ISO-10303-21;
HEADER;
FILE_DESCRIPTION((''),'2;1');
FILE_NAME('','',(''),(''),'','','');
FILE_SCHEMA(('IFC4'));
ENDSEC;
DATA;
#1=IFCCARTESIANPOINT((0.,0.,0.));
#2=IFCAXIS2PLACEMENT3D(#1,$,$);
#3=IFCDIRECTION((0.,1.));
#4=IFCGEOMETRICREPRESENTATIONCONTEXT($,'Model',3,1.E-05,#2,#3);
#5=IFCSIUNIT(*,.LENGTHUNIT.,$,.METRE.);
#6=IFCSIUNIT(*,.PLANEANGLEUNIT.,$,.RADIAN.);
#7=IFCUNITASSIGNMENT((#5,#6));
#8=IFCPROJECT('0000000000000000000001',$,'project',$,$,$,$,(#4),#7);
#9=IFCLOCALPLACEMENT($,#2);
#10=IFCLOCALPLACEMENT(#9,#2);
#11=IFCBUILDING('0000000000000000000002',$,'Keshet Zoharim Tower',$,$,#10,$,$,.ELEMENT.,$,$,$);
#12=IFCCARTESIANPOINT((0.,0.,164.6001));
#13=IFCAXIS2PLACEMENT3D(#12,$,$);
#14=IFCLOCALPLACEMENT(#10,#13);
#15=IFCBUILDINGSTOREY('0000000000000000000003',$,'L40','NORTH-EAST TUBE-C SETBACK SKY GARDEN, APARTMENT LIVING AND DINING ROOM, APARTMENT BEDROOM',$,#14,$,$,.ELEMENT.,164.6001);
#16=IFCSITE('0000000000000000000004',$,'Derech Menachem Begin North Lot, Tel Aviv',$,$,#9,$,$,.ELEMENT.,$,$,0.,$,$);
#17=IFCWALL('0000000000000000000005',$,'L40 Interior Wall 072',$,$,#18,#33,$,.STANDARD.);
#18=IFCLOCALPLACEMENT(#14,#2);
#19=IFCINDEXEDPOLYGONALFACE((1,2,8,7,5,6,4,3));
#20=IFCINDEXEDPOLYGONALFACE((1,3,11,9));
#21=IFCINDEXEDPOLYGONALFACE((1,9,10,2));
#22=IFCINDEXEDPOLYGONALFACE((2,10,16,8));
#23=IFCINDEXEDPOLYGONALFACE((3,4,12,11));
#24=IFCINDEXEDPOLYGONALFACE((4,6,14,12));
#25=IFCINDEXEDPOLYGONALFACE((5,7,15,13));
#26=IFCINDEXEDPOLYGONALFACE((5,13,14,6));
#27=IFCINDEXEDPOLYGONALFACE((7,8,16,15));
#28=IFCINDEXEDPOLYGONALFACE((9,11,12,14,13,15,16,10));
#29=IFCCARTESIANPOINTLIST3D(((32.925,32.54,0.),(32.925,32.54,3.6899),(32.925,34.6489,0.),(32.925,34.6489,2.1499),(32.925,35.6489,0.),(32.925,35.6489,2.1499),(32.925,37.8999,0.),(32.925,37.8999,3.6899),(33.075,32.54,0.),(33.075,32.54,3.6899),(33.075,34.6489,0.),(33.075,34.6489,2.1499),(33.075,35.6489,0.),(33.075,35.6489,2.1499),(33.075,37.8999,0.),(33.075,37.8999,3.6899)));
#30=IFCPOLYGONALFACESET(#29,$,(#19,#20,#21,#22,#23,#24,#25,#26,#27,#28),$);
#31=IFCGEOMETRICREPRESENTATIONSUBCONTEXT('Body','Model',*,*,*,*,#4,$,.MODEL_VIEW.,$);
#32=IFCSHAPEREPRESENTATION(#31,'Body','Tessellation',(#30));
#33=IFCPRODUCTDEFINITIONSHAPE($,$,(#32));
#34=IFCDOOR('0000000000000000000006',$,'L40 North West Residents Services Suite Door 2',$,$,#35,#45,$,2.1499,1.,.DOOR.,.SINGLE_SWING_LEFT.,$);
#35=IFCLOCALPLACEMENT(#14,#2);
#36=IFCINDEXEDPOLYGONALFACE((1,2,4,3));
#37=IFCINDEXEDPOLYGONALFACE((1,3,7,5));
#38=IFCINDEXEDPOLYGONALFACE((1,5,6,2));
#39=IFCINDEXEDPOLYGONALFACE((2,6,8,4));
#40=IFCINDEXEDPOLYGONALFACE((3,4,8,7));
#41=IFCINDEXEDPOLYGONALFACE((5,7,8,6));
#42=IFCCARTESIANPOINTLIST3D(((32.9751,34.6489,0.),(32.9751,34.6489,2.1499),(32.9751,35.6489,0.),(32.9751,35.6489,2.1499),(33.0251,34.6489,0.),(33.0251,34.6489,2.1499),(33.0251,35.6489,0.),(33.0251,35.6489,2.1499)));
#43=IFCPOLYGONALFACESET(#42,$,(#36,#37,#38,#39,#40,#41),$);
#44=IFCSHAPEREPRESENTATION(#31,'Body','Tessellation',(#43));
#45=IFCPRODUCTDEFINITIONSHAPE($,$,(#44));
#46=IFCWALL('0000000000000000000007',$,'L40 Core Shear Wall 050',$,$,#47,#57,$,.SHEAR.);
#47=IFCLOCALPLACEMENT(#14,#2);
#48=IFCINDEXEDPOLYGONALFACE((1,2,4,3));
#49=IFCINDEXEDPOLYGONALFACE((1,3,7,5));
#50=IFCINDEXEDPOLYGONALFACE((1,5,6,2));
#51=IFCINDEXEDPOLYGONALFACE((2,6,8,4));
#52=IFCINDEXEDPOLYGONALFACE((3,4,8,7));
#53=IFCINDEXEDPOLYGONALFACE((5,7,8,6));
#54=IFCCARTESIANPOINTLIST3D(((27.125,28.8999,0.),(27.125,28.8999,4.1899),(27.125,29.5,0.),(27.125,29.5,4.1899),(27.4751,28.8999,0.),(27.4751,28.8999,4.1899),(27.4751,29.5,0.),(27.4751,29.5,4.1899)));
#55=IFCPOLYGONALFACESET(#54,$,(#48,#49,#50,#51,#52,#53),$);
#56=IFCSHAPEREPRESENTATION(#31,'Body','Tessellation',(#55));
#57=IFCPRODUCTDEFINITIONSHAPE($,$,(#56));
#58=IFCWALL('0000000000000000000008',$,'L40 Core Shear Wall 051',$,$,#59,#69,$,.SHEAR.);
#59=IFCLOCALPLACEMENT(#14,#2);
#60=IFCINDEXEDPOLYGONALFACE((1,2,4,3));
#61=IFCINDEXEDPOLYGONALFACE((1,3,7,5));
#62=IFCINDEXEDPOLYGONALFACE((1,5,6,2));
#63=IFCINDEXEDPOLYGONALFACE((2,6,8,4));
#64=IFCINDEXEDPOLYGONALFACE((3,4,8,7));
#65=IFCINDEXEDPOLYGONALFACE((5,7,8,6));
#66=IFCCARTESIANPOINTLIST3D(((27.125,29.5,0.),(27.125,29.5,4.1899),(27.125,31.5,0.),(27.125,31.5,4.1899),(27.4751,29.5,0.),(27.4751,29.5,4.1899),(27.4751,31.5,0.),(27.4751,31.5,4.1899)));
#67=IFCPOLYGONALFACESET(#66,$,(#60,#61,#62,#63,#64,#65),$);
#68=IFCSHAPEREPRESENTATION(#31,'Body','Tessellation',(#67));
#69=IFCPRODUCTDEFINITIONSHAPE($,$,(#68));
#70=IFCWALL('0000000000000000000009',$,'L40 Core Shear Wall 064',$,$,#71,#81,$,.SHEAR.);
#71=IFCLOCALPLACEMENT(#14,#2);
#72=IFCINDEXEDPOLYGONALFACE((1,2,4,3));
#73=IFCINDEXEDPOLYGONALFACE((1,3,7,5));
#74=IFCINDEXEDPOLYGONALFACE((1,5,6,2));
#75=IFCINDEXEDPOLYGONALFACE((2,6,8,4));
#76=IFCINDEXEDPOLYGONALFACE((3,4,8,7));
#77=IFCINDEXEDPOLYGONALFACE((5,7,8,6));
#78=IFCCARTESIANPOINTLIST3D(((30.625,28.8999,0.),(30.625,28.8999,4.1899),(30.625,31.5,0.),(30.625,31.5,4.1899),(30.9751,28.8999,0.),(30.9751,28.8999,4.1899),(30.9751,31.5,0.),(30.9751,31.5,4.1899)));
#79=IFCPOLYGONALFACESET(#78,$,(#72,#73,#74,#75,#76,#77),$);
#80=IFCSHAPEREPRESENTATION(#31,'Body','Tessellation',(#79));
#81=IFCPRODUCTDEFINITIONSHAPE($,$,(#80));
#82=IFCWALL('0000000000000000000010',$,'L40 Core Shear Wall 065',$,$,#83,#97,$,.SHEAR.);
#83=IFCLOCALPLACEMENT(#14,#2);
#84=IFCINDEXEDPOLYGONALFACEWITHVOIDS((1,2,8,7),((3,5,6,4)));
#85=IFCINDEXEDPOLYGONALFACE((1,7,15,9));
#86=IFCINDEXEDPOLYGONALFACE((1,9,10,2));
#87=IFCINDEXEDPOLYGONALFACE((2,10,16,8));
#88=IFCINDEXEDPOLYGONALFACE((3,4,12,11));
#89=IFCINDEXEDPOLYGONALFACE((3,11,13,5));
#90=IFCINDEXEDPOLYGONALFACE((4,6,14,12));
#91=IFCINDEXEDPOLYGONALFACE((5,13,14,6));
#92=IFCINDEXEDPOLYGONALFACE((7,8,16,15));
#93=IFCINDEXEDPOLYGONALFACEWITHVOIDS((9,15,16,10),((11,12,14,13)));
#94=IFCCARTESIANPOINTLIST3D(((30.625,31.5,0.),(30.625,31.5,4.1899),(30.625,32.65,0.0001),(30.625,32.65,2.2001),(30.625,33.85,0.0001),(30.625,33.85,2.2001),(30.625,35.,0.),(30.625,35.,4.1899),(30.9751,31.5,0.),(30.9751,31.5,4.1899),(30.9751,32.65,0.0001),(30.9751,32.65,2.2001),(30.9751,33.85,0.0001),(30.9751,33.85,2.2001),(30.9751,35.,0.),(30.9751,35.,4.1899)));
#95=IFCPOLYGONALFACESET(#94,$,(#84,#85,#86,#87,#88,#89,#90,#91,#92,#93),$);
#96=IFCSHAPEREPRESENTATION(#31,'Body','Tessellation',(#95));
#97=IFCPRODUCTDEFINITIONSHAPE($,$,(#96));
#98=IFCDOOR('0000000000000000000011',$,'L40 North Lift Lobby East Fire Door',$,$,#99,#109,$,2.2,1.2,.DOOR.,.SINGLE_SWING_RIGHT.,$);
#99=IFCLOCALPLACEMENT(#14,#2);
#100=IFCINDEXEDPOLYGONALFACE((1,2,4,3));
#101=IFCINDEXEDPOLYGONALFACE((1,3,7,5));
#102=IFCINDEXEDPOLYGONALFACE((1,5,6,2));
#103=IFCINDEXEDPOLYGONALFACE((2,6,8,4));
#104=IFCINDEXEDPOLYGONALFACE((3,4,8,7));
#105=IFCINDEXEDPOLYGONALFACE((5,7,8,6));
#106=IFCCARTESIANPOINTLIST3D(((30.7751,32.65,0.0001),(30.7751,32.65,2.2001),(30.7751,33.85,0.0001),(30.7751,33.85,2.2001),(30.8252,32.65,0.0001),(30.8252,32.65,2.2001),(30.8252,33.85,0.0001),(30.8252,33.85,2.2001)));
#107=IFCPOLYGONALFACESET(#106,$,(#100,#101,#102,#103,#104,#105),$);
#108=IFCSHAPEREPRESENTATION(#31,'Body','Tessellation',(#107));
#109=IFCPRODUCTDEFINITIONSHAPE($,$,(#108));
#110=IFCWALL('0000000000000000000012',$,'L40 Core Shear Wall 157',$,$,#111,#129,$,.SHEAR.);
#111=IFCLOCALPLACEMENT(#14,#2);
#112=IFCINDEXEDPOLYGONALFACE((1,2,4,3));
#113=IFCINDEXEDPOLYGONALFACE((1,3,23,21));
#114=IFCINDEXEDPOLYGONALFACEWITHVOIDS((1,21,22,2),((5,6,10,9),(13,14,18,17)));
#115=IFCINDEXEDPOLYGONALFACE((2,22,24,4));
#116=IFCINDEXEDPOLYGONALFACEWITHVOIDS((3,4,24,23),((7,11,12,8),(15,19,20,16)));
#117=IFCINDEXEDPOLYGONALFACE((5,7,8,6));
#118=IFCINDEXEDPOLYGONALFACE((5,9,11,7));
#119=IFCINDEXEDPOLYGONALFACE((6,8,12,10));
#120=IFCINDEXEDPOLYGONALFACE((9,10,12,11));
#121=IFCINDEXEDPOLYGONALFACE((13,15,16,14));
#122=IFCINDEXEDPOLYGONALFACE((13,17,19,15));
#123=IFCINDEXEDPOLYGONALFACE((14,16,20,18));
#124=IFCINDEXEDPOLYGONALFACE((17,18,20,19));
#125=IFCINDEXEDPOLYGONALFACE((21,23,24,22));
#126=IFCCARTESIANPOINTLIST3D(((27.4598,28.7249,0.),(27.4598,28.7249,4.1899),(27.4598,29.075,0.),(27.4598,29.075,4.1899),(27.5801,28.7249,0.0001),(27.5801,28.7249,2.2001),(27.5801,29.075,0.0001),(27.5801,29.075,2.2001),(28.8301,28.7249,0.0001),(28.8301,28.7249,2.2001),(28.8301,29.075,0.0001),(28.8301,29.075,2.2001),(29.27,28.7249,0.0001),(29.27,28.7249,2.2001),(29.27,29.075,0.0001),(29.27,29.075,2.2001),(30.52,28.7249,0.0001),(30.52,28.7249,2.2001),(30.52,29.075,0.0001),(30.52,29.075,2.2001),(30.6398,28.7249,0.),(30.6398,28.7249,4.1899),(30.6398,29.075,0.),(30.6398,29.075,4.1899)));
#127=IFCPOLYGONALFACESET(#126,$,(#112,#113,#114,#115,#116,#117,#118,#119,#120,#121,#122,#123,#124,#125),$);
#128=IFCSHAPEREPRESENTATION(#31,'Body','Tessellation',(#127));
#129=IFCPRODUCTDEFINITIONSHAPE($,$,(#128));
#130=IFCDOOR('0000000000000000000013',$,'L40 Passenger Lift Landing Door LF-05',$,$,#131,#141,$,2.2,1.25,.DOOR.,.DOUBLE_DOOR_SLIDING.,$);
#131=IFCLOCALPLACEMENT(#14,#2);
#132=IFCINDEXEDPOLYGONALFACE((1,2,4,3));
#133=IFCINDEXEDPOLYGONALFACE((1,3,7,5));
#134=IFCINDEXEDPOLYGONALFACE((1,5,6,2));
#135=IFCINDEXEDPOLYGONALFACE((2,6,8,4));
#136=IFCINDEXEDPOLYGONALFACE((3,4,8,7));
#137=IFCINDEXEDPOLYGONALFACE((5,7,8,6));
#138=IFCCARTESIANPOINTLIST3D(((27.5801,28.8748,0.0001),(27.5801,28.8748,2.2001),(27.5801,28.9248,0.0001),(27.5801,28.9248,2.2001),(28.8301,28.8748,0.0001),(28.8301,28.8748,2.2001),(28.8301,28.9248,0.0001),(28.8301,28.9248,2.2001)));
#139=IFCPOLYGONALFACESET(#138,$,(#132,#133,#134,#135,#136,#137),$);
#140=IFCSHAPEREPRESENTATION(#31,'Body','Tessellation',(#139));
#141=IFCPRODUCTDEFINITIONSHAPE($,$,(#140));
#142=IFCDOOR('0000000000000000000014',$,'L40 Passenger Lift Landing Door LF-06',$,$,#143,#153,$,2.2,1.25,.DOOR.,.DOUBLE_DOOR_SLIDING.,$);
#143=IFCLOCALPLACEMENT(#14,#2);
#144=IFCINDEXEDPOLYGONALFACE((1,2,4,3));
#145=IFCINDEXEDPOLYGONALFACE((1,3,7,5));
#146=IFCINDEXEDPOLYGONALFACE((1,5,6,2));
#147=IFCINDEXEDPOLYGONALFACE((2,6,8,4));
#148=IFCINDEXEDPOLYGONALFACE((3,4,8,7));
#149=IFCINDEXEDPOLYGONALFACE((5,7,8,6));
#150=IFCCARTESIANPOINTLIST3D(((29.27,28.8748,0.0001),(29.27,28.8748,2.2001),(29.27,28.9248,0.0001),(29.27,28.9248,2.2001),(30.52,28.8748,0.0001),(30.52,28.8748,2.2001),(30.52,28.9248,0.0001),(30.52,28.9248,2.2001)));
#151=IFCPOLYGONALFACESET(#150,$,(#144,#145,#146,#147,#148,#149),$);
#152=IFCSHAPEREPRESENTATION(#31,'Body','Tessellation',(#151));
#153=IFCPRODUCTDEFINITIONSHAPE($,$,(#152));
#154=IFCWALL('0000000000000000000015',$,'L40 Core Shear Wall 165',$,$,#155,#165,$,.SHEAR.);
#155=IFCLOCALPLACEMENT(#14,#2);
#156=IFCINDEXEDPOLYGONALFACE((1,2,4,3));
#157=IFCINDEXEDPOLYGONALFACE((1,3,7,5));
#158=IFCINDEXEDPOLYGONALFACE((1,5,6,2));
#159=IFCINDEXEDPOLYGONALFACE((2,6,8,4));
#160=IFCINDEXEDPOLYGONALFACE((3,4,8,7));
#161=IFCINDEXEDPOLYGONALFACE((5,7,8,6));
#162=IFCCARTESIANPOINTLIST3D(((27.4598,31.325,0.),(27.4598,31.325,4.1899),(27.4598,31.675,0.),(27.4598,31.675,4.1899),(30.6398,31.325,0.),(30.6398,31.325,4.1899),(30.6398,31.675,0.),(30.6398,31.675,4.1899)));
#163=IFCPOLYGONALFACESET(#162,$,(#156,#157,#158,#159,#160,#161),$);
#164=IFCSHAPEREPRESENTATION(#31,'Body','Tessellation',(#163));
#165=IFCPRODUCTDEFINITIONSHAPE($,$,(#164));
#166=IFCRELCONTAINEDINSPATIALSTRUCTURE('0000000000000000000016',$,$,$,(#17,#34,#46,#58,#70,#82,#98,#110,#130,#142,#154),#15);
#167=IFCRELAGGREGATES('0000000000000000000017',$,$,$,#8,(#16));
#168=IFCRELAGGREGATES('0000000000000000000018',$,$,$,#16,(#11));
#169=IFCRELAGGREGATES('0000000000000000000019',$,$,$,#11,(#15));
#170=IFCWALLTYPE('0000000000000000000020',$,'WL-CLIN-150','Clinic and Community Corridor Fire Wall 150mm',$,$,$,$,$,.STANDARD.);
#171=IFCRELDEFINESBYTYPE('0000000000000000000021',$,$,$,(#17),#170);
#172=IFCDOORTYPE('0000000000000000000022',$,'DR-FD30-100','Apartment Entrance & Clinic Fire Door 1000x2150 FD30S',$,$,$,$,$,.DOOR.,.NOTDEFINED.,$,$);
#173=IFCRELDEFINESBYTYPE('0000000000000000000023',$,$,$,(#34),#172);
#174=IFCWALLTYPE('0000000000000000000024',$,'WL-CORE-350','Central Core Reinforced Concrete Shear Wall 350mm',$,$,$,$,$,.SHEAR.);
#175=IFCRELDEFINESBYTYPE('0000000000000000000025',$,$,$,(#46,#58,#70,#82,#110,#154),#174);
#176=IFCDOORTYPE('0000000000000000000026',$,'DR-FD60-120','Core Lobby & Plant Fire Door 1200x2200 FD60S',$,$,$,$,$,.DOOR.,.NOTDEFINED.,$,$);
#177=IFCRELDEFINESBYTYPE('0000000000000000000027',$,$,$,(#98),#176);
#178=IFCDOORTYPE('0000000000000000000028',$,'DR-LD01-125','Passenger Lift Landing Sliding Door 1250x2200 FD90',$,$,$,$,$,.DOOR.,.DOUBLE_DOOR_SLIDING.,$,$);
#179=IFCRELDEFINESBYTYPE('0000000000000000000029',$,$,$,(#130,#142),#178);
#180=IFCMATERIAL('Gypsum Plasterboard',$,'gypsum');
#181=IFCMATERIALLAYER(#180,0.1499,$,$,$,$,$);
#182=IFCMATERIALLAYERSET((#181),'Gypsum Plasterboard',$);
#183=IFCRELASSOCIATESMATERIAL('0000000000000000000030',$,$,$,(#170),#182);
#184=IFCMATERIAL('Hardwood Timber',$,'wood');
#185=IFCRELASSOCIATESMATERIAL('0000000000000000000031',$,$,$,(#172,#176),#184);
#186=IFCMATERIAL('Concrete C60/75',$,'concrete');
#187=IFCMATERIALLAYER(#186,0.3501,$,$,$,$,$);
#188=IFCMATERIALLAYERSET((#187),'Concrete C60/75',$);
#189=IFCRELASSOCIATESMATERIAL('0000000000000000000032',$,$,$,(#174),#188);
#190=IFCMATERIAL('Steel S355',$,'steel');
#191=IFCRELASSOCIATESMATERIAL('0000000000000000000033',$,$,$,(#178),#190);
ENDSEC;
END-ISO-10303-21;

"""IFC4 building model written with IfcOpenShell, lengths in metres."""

from ifc_helpers import new_model, si_unit, direction, frame, frame_2d, origin, place, context, subcontext, project, spatial, rectangle, extrude, material, layer, layer_set, type_object, element, fill, save


model = new_model("IFC4")

# Units and contexts
model_context = context("Model", 3, precision=1e-05, world=origin(), true_north=direction((0.0, 1.0)))
body_context = subcontext(model_context, "Body", "Model", "MODEL_VIEW")
ifc_project = project(units=[si_unit("LENGTHUNIT", "METRE"), si_unit("PLANEANGLEUNIT", "RADIAN")], contexts=[model_context])

# Site, building, storey
site_placement = place(None, origin())
site = spatial("IfcSite", under=ifc_project, at=site_placement, Name="Derech Menachem Begin North Lot, Tel Aviv", CompositionType="ELEMENT", RefElevation=0.0)
building_placement = place(site_placement, origin())
building = spatial("IfcBuilding", under=site, at=building_placement, Name="Keshet Zoharim Tower", CompositionType="ELEMENT")
storey_placement = place(building_placement, frame((0.0, 0.0, 164.6001)))
storey = spatial("IfcBuildingStorey", under=building, at=storey_placement, Name="L40", Description="NORTH-EAST TUBE-C SETBACK SKY GARDEN, APARTMENT LIVING AND DINING ROOM, APARTMENT BEDROOM", CompositionType="ELEMENT", Elevation=164.6001)

# Shared definitions
ifc_material_1 = material(Name="Concrete C60/75", Category="concrete")

# Shared definitions
ifc_material_2 = material(Name="Steel S355", Category="steel")

# Wall, opening, door
ifc_material_3 = material(Name="Gypsum Plasterboard", Category="gypsum")
ifc_layer_1 = layer(ifc_material_3, 0.1499)
ifc_layer_set_1 = layer_set([ifc_layer_1], Name="Gypsum Plasterboard")
wall_type_1 = type_object("IfcWallType", Name="WL-CLIN-150", Description="Clinic and Community Corridor Fire Wall 150mm", PredefinedType="STANDARD", material=ifc_layer_set_1)
wall_1_placement = place(storey_placement, frame((33.0, 32.54, 0.0), z_axis=(0.0, 0.0, 1.0), x_axis=(0.0, 1.0, 0.0)))
wall_1 = element("IfcWall", 1, at=wall_1_placement, inside=storey, type_object=wall_type_1, Name="L40 Interior Wall 072", PredefinedType="STANDARD", context=body_context, shape_type="SweptSolid", body=[
    extrude(rectangle(XDim=5.3599, YDim=0.1499, at=frame_2d((2.6799, 0.0))), origin(), (0.0, 0.0, 1.0), 3.6899),
])
opening_1_placement = place(wall_1_placement, frame((2.1089, 0.0, 0.0)))
opening_1 = element("IfcOpeningElement", 2, at=opening_1_placement, cuts=wall_1, PredefinedType="OPENING", context=body_context, shape_type="SweptSolid", body=[
    extrude(rectangle(XDim=1.0, YDim=2.1499, at=frame_2d((0.5, 1.075))), frame((0.0, 0.085, 0.0), z_axis=(0.0, -1.0, 0.0), x_axis=(1.0, 0.0, 0.0)), (0.0, 0.0, 1.0), 0.1699),
])
ifc_material_4 = material(Name="Hardwood Timber", Category="wood")
door_type_1 = type_object("IfcDoorType", Name="DR-FD30-100", Description="Apartment Entrance & Clinic Fire Door 1000x2150 FD30S", OperationType="NOTDEFINED", PredefinedType="DOOR", material=ifc_material_4)
door_1_placement = place(opening_1_placement, origin())
door_1 = element("IfcDoor", 3, at=door_1_placement, inside=storey, type_object=door_type_1, Name="L40 North West Residents Services Suite Door 2", OperationType="SINGLE_SWING_LEFT", OverallHeight=2.1499, OverallWidth=1.0, PredefinedType="DOOR", context=body_context, shape_type="SweptSolid", body=[
    extrude(rectangle(XDim=1.0, YDim=2.1499, at=frame_2d((0.5, 1.075))), frame((0.0, 0.0249, 0.0), z_axis=(0.0, -1.0, 0.0), x_axis=(1.0, 0.0, 0.0)), (0.0, 0.0, 1.0), 0.05),
])
fill(opening_1, door_1)

# Walls
ifc_layer_2 = layer(ifc_material_1, 0.3501)
ifc_layer_set_2 = layer_set([ifc_layer_2], Name="Concrete C60/75")
wall_type_2 = type_object("IfcWallType", Name="WL-CORE-350", Description="Central Core Reinforced Concrete Shear Wall 350mm", PredefinedType="SHEAR", material=ifc_layer_set_2)
wall_2_placement = place(storey_placement, frame((27.3, 28.8999, 0.0), z_axis=(0.0, 0.0, 1.0), x_axis=(0.0, 1.0, 0.0)))
element("IfcWall", 4, at=wall_2_placement, inside=storey, type_object=wall_type_2, Name="L40 Core Shear Wall 050", PredefinedType="SHEAR", context=body_context, shape_type="SweptSolid", body=[
    extrude(rectangle(XDim=0.6001, YDim=0.3501, at=frame_2d((0.3, 0.0))), origin(), (0.0, 0.0, 1.0), 4.1899),
])
wall_3_placement = place(storey_placement, frame((27.3, 29.5, 0.0), z_axis=(0.0, 0.0, 1.0), x_axis=(0.0, 1.0, 0.0)))
element("IfcWall", 5, at=wall_3_placement, inside=storey, type_object=wall_type_2, Name="L40 Core Shear Wall 051", PredefinedType="SHEAR", context=body_context, shape_type="SweptSolid", body=[
    extrude(rectangle(XDim=2.0, YDim=0.3501, at=frame_2d((1.0, 0.0))), origin(), (0.0, 0.0, 1.0), 4.1899),
])
wall_4_placement = place(storey_placement, frame((30.8, 28.8999, 0.0), z_axis=(0.0, 0.0, 1.0), x_axis=(0.0, 1.0, 0.0)))
element("IfcWall", 6, at=wall_4_placement, inside=storey, type_object=wall_type_2, Name="L40 Core Shear Wall 064", PredefinedType="SHEAR", context=body_context, shape_type="SweptSolid", body=[
    extrude(rectangle(XDim=2.6001, YDim=0.3501, at=frame_2d((1.3, 0.0))), origin(), (0.0, 0.0, 1.0), 4.1899),
])

# Wall, opening, door
wall_5_placement = place(storey_placement, frame((30.8, 31.5, 0.0), z_axis=(0.0, 0.0, 1.0), x_axis=(0.0, 1.0, 0.0)))
wall_5 = element("IfcWall", 7, at=wall_5_placement, inside=storey, type_object=wall_type_2, Name="L40 Core Shear Wall 065", PredefinedType="SHEAR", context=body_context, shape_type="SweptSolid", body=[
    extrude(rectangle(XDim=3.5, YDim=0.3501, at=frame_2d((1.75, 0.0))), origin(), (0.0, 0.0, 1.0), 4.1899),
])
opening_2_placement = place(wall_5_placement, frame((1.1499, 0.0, 0.0)))
opening_2 = element("IfcOpeningElement", 8, at=opening_2_placement, cuts=wall_5, PredefinedType="OPENING", context=body_context, shape_type="SweptSolid", body=[
    extrude(rectangle(XDim=1.2, YDim=2.2, at=frame_2d((0.6001, 1.1001))), frame((0.0, 0.1851, 0.0), z_axis=(0.0, -1.0, 0.0), x_axis=(1.0, 0.0, 0.0)), (0.0, 0.0, 1.0), 0.3701),
])
door_type_2 = type_object("IfcDoorType", Name="DR-FD60-120", Description="Core Lobby & Plant Fire Door 1200x2200 FD60S", OperationType="NOTDEFINED", PredefinedType="DOOR", material=ifc_material_4)
door_2_placement = place(opening_2_placement, origin())
door_2 = element("IfcDoor", 9, at=door_2_placement, inside=storey, type_object=door_type_2, Name="L40 North Lift Lobby East Fire Door", OperationType="SINGLE_SWING_RIGHT", OverallHeight=2.2, OverallWidth=1.2, PredefinedType="DOOR", context=body_context, shape_type="SweptSolid", body=[
    extrude(rectangle(XDim=1.2, YDim=2.2, at=frame_2d((0.6001, 1.1001))), frame((0.0, 0.0249, 0.0), z_axis=(0.0, -1.0, 0.0), x_axis=(1.0, 0.0, 0.0)), (0.0, 0.0, 1.0), 0.05),
])
fill(opening_2, door_2)

# Wall, openings, doors
wall_6_placement = place(storey_placement, frame((27.46, 28.8999, 0.0), z_axis=(0.0, 0.0, 1.0), x_axis=(1.0, 0.0, 0.0)))
wall_6 = element("IfcWall", 10, at=wall_6_placement, inside=storey, type_object=wall_type_2, Name="L40 Core Shear Wall 157", PredefinedType="SHEAR", context=body_context, shape_type="SweptSolid", body=[
    extrude(rectangle(XDim=3.1799, YDim=0.3501, at=frame_2d((1.5898, 0.0))), origin(), (0.0, 0.0, 1.0), 4.1899),
])
opening_3_placement = place(wall_6_placement, frame((0.1201, 0.0, 0.0)))
opening_3 = element("IfcOpeningElement", 11, at=opening_3_placement, cuts=wall_6, PredefinedType="OPENING", context=body_context, shape_type="SweptSolid", body=[
    extrude(rectangle(XDim=1.25, YDim=2.2, at=frame_2d((0.625, 1.1001))), frame((0.0, 0.1851, 0.0), z_axis=(0.0, -1.0, 0.0), x_axis=(1.0, 0.0, 0.0)), (0.0, 0.0, 1.0), 0.3701),
])
opening_4_placement = place(wall_6_placement, frame((1.8101, 0.0, 0.0)))
opening_4 = element("IfcOpeningElement", 12, at=opening_4_placement, cuts=wall_6, PredefinedType="OPENING", context=body_context, shape_type="SweptSolid", body=[
    extrude(rectangle(XDim=1.25, YDim=2.2, at=frame_2d((0.625, 1.1001))), frame((0.0, 0.1851, 0.0), z_axis=(0.0, -1.0, 0.0), x_axis=(1.0, 0.0, 0.0)), (0.0, 0.0, 1.0), 0.3701),
])
door_type_3 = type_object("IfcDoorType", Name="DR-LD01-125", Description="Passenger Lift Landing Sliding Door 1250x2200 FD90", OperationType="DOUBLE_DOOR_SLIDING", PredefinedType="DOOR", material=ifc_material_2)
door_3_placement = place(opening_3_placement, origin())
door_3 = element("IfcDoor", 13, at=door_3_placement, inside=storey, type_object=door_type_3, Name="L40 Passenger Lift Landing Door LF-05", OperationType="DOUBLE_DOOR_SLIDING", OverallHeight=2.2, OverallWidth=1.25, PredefinedType="DOOR", context=body_context, shape_type="SweptSolid", body=[
    extrude(rectangle(XDim=1.25, YDim=2.2, at=frame_2d((0.625, 1.1001))), frame((0.0, 0.0249, 0.0), z_axis=(0.0, -1.0, 0.0), x_axis=(1.0, 0.0, 0.0)), (0.0, 0.0, 1.0), 0.05),
])
fill(opening_3, door_3)
door_4_placement = place(opening_4_placement, origin())
door_4 = element("IfcDoor", 14, at=door_4_placement, inside=storey, type_object=door_type_3, Name="L40 Passenger Lift Landing Door LF-06", OperationType="DOUBLE_DOOR_SLIDING", OverallHeight=2.2, OverallWidth=1.25, PredefinedType="DOOR", context=body_context, shape_type="SweptSolid", body=[
    extrude(rectangle(XDim=1.25, YDim=2.2, at=frame_2d((0.625, 1.1001))), frame((0.0, 0.0249, 0.0), z_axis=(0.0, -1.0, 0.0), x_axis=(1.0, 0.0, 0.0)), (0.0, 0.0, 1.0), 0.05),
])
fill(opening_4, door_4)

# Wall
wall_7_placement = place(storey_placement, frame((27.46, 31.5, 0.0), z_axis=(0.0, 0.0, 1.0), x_axis=(1.0, 0.0, 0.0)))
element("IfcWall", 15, at=wall_7_placement, inside=storey, type_object=wall_type_2, Name="L40 Core Shear Wall 165", PredefinedType="SHEAR", context=body_context, shape_type="SweptSolid", body=[
    extrude(rectangle(XDim=3.1799, YDim=0.3501, at=frame_2d((1.5898, 0.0))), origin(), (0.0, 0.0, 1.0), 4.1899),
])

save(model, "model.ifc")
